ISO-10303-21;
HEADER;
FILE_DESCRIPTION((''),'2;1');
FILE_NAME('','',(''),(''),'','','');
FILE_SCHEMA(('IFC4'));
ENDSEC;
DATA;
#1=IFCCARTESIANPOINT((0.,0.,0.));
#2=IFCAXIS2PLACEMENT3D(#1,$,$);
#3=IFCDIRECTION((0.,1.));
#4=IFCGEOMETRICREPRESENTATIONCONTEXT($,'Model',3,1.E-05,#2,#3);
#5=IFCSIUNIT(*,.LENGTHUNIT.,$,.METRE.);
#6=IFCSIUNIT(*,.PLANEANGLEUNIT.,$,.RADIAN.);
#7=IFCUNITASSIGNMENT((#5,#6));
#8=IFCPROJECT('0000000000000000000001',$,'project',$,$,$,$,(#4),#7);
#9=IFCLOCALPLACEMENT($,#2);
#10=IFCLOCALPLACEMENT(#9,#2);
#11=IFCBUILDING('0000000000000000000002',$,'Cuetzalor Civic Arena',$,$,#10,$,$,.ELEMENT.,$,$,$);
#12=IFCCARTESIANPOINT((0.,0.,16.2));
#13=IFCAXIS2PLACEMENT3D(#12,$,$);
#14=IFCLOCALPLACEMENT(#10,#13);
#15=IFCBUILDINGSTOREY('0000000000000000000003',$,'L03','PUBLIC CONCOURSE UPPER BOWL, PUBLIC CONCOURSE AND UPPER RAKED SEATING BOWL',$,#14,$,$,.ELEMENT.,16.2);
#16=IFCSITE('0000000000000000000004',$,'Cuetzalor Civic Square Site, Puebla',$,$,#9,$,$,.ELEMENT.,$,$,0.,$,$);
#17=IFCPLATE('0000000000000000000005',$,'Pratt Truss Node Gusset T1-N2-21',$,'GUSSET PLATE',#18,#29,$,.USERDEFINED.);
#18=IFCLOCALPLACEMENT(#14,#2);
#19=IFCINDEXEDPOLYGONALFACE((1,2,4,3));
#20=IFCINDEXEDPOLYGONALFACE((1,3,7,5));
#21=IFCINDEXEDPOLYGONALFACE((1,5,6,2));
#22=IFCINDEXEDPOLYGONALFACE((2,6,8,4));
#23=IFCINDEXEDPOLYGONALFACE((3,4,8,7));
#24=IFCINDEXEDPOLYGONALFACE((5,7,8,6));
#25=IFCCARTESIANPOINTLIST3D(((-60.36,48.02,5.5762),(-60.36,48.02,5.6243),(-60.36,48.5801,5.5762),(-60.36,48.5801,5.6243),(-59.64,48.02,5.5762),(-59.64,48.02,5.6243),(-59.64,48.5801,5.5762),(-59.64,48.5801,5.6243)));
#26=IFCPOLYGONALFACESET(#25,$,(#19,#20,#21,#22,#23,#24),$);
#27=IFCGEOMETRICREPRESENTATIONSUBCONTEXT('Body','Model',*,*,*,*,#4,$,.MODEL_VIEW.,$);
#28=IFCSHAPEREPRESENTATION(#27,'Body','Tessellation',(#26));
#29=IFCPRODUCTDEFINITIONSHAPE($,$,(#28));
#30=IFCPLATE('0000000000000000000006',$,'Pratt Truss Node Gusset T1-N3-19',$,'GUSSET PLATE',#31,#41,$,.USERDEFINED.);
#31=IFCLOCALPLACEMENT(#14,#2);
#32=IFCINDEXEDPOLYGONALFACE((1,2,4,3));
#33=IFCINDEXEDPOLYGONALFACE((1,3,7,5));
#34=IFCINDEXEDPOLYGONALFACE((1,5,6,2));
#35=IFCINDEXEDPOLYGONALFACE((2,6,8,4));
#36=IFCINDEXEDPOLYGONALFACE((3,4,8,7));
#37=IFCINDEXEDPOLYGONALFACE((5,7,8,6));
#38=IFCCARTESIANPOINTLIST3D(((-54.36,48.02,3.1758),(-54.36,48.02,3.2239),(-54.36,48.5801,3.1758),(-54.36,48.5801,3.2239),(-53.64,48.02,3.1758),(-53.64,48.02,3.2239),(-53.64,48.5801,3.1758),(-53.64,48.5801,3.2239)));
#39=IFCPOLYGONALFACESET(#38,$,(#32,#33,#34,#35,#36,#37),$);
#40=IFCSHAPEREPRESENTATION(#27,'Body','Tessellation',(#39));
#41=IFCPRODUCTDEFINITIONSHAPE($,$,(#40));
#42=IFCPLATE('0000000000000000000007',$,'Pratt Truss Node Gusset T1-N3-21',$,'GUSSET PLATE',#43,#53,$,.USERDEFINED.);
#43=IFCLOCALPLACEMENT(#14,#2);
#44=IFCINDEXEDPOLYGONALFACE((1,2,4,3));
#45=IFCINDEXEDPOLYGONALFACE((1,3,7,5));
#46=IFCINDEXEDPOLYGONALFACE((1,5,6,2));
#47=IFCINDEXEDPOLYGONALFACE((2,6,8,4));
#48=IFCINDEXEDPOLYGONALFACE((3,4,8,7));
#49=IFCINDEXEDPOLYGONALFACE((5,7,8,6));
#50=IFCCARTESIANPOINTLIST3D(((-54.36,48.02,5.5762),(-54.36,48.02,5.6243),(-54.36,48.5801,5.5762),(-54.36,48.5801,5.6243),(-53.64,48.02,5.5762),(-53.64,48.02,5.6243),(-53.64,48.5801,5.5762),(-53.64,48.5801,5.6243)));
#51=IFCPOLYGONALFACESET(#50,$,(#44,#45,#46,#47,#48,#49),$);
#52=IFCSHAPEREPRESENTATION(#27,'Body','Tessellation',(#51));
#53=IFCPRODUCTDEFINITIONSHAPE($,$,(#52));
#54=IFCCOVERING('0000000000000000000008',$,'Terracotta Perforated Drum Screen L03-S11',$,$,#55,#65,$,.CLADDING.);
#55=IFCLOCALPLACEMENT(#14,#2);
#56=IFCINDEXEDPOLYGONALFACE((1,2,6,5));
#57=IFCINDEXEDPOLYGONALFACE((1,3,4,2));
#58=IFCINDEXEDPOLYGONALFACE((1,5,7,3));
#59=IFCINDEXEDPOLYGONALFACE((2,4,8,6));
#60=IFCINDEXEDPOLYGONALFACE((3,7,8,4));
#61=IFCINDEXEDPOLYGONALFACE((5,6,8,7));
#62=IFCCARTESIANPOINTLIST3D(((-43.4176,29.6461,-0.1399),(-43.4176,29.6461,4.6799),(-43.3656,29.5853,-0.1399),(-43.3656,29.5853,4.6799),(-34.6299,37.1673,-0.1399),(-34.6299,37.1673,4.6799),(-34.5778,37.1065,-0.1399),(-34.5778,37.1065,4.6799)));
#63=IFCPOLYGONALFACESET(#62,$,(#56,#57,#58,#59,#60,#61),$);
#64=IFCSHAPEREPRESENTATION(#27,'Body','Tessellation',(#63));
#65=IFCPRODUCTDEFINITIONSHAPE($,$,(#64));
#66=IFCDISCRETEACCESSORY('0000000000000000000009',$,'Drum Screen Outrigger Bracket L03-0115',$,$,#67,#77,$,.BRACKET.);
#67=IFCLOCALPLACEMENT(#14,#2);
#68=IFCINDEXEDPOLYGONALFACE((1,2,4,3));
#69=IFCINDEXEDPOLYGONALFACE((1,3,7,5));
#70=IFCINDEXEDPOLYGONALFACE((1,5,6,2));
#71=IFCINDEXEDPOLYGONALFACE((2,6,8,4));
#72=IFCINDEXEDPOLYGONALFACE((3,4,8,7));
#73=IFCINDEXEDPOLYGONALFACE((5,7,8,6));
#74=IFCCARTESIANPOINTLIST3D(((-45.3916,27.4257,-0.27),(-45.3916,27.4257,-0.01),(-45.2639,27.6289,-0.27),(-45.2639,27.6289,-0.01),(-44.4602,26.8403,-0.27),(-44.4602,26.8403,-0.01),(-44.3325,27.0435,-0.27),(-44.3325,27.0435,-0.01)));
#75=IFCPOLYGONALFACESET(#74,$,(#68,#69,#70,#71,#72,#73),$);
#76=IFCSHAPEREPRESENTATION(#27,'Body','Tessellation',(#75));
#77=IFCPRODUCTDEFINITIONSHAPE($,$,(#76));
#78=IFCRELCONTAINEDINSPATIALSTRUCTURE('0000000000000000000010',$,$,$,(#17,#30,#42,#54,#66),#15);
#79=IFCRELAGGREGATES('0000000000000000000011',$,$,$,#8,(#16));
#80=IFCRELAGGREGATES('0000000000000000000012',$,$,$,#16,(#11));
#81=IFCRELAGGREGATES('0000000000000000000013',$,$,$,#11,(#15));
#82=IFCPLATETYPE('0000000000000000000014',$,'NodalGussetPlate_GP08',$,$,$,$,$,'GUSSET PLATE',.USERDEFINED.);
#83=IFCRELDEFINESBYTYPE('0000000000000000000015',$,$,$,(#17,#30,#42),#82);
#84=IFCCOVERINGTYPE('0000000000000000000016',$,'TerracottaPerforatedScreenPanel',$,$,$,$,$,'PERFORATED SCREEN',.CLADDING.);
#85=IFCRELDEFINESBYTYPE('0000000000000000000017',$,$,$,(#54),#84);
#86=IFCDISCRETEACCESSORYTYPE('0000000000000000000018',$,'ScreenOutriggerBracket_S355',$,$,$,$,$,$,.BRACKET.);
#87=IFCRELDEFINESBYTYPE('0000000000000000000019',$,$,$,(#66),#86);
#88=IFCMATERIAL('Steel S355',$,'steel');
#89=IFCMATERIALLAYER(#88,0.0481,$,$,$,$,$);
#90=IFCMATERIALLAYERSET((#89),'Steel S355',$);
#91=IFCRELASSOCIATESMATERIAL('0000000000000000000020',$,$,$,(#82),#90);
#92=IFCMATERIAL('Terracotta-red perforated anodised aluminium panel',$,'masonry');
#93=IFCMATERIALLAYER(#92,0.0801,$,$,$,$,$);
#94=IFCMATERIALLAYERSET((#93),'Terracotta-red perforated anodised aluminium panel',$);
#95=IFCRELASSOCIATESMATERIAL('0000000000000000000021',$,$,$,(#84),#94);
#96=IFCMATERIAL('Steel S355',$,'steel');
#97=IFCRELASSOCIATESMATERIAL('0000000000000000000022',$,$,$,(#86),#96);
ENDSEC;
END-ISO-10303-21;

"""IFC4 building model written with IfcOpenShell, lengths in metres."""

from ifc_helpers import new_model, si_unit, direction, frame, frame_2d, origin, origin_2d, place, context, subcontext, project, spatial, rectangle, extrude, material, layer, layer_set, type_object, element, save


model = new_model("IFC4")

# Units and contexts
model_context = context("Model", 3, precision=1e-05, world=origin(), true_north=direction((0.0, 1.0)))
body_context = subcontext(model_context, "Body", "Model", "MODEL_VIEW")
ifc_project = project(units=[si_unit("LENGTHUNIT", "METRE"), si_unit("PLANEANGLEUNIT", "RADIAN")], contexts=[model_context])

# Site, building, storey
site_placement = place(None, origin())
site = spatial("IfcSite", under=ifc_project, at=site_placement, Name="Cuetzalor Civic Square Site, Puebla", CompositionType="ELEMENT", RefElevation=0.0)
building_placement = place(site_placement, origin())
building = spatial("IfcBuilding", under=site, at=building_placement, Name="Cuetzalor Civic Arena", CompositionType="ELEMENT")
storey_placement = place(building_placement, frame((0.0, 0.0, 16.2)))
storey = spatial("IfcBuildingStorey", under=building, at=storey_placement, Name="L03", Description="PUBLIC CONCOURSE UPPER BOWL, PUBLIC CONCOURSE AND UPPER RAKED SEATING BOWL", CompositionType="ELEMENT", Elevation=16.2)

# Plates
ifc_material_1 = material(Name="Steel S355", Category="steel")
ifc_layer_1 = layer(ifc_material_1, 0.0481)
ifc_layer_set_1 = layer_set([ifc_layer_1], Name="Steel S355")
plate_type = type_object("IfcPlateType", Name="NodalGussetPlate_GP08", ElementType="GUSSET PLATE", PredefinedType="USERDEFINED", material=ifc_layer_set_1)
for number, where, z_axis, x_axis, name in (
    (1, (-60.0, 48.3, 5.5762), (0.0, 0.0, 1.0), (1.0, 0.0, 0.0), "Pratt Truss Node Gusset T1-N2-21"),
    (2, (-54.0, 48.3, 3.1758), (0.0, 0.0, 1.0), (1.0, 0.0, 0.0), "Pratt Truss Node Gusset T1-N3-19"),
    (3, (-54.0, 48.3, 5.5762), (0.0, 0.0, 1.0), (1.0, 0.0, 0.0), "Pratt Truss Node Gusset T1-N3-21"),
):
    element("IfcPlate", number, at=place(storey_placement, frame(where, z_axis=z_axis, x_axis=x_axis)), inside=storey, type_object=plate_type, Name=name, ObjectType="GUSSET PLATE", PredefinedType="USERDEFINED", context=body_context, shape_type="SweptSolid", body=[
        extrude(rectangle(XDim=0.72, YDim=0.5601, at=origin_2d()), origin(), (0.0, 0.0, 1.0), 0.0481),
    ])

# Covering
ifc_material_2 = material(Name="Terracotta-red perforated anodised aluminium panel", Category="masonry")
ifc_layer_2 = layer(ifc_material_2, 0.0801)
ifc_layer_set_2 = layer_set([ifc_layer_2], Name="Terracotta-red perforated anodised aluminium panel")
covering_type = type_object("IfcCoveringType", Name="TerracottaPerforatedScreenPanel", ElementType="PERFORATED SCREEN", PredefinedType="CLADDING", material=ifc_layer_set_2)
covering_placement = place(storey_placement, frame((-43.3916, 29.6157, -0.1399), z_axis=(0.0, 0.0, 1.0), x_axis=(0.759735, 0.650233, 0.0)))
element("IfcCovering", 4, at=covering_placement, inside=storey, type_object=covering_type, Name="Terracotta Perforated Drum Screen L03-S11", PredefinedType="CLADDING", context=body_context, shape_type="SweptSolid", body=[
    extrude(rectangle(XDim=11.5669, YDim=0.0801, at=frame_2d((5.7834, 0.0))), origin(), (0.0, 0.0, 1.0), 4.8198),
])

# Discrete accessory
ifc_material_3 = material(Name="Steel S355", Category="steel")
discrete_accessory_type = type_object("IfcDiscreteAccessoryType", Name="ScreenOutriggerBracket_S355", PredefinedType="BRACKET", material=ifc_material_3)
discrete_accessory_placement = place(storey_placement, frame((-44.8621, 27.2346, -0.27), z_axis=(0.0, 0.0, 1.0), x_axis=(-0.846658, 0.532138, 0.0)))
element("IfcDiscreteAccessory", 5, at=discrete_accessory_placement, inside=storey, type_object=discrete_accessory_type, Name="Drum Screen Outrigger Bracket L03-0115", PredefinedType="BRACKET", context=body_context, shape_type="SweptSolid", body=[
    extrude(rectangle(XDim=1.1001, YDim=0.24, at=origin_2d()), origin(), (0.0, 0.0, 1.0), 0.26),
])

save(model, "model.ifc")
